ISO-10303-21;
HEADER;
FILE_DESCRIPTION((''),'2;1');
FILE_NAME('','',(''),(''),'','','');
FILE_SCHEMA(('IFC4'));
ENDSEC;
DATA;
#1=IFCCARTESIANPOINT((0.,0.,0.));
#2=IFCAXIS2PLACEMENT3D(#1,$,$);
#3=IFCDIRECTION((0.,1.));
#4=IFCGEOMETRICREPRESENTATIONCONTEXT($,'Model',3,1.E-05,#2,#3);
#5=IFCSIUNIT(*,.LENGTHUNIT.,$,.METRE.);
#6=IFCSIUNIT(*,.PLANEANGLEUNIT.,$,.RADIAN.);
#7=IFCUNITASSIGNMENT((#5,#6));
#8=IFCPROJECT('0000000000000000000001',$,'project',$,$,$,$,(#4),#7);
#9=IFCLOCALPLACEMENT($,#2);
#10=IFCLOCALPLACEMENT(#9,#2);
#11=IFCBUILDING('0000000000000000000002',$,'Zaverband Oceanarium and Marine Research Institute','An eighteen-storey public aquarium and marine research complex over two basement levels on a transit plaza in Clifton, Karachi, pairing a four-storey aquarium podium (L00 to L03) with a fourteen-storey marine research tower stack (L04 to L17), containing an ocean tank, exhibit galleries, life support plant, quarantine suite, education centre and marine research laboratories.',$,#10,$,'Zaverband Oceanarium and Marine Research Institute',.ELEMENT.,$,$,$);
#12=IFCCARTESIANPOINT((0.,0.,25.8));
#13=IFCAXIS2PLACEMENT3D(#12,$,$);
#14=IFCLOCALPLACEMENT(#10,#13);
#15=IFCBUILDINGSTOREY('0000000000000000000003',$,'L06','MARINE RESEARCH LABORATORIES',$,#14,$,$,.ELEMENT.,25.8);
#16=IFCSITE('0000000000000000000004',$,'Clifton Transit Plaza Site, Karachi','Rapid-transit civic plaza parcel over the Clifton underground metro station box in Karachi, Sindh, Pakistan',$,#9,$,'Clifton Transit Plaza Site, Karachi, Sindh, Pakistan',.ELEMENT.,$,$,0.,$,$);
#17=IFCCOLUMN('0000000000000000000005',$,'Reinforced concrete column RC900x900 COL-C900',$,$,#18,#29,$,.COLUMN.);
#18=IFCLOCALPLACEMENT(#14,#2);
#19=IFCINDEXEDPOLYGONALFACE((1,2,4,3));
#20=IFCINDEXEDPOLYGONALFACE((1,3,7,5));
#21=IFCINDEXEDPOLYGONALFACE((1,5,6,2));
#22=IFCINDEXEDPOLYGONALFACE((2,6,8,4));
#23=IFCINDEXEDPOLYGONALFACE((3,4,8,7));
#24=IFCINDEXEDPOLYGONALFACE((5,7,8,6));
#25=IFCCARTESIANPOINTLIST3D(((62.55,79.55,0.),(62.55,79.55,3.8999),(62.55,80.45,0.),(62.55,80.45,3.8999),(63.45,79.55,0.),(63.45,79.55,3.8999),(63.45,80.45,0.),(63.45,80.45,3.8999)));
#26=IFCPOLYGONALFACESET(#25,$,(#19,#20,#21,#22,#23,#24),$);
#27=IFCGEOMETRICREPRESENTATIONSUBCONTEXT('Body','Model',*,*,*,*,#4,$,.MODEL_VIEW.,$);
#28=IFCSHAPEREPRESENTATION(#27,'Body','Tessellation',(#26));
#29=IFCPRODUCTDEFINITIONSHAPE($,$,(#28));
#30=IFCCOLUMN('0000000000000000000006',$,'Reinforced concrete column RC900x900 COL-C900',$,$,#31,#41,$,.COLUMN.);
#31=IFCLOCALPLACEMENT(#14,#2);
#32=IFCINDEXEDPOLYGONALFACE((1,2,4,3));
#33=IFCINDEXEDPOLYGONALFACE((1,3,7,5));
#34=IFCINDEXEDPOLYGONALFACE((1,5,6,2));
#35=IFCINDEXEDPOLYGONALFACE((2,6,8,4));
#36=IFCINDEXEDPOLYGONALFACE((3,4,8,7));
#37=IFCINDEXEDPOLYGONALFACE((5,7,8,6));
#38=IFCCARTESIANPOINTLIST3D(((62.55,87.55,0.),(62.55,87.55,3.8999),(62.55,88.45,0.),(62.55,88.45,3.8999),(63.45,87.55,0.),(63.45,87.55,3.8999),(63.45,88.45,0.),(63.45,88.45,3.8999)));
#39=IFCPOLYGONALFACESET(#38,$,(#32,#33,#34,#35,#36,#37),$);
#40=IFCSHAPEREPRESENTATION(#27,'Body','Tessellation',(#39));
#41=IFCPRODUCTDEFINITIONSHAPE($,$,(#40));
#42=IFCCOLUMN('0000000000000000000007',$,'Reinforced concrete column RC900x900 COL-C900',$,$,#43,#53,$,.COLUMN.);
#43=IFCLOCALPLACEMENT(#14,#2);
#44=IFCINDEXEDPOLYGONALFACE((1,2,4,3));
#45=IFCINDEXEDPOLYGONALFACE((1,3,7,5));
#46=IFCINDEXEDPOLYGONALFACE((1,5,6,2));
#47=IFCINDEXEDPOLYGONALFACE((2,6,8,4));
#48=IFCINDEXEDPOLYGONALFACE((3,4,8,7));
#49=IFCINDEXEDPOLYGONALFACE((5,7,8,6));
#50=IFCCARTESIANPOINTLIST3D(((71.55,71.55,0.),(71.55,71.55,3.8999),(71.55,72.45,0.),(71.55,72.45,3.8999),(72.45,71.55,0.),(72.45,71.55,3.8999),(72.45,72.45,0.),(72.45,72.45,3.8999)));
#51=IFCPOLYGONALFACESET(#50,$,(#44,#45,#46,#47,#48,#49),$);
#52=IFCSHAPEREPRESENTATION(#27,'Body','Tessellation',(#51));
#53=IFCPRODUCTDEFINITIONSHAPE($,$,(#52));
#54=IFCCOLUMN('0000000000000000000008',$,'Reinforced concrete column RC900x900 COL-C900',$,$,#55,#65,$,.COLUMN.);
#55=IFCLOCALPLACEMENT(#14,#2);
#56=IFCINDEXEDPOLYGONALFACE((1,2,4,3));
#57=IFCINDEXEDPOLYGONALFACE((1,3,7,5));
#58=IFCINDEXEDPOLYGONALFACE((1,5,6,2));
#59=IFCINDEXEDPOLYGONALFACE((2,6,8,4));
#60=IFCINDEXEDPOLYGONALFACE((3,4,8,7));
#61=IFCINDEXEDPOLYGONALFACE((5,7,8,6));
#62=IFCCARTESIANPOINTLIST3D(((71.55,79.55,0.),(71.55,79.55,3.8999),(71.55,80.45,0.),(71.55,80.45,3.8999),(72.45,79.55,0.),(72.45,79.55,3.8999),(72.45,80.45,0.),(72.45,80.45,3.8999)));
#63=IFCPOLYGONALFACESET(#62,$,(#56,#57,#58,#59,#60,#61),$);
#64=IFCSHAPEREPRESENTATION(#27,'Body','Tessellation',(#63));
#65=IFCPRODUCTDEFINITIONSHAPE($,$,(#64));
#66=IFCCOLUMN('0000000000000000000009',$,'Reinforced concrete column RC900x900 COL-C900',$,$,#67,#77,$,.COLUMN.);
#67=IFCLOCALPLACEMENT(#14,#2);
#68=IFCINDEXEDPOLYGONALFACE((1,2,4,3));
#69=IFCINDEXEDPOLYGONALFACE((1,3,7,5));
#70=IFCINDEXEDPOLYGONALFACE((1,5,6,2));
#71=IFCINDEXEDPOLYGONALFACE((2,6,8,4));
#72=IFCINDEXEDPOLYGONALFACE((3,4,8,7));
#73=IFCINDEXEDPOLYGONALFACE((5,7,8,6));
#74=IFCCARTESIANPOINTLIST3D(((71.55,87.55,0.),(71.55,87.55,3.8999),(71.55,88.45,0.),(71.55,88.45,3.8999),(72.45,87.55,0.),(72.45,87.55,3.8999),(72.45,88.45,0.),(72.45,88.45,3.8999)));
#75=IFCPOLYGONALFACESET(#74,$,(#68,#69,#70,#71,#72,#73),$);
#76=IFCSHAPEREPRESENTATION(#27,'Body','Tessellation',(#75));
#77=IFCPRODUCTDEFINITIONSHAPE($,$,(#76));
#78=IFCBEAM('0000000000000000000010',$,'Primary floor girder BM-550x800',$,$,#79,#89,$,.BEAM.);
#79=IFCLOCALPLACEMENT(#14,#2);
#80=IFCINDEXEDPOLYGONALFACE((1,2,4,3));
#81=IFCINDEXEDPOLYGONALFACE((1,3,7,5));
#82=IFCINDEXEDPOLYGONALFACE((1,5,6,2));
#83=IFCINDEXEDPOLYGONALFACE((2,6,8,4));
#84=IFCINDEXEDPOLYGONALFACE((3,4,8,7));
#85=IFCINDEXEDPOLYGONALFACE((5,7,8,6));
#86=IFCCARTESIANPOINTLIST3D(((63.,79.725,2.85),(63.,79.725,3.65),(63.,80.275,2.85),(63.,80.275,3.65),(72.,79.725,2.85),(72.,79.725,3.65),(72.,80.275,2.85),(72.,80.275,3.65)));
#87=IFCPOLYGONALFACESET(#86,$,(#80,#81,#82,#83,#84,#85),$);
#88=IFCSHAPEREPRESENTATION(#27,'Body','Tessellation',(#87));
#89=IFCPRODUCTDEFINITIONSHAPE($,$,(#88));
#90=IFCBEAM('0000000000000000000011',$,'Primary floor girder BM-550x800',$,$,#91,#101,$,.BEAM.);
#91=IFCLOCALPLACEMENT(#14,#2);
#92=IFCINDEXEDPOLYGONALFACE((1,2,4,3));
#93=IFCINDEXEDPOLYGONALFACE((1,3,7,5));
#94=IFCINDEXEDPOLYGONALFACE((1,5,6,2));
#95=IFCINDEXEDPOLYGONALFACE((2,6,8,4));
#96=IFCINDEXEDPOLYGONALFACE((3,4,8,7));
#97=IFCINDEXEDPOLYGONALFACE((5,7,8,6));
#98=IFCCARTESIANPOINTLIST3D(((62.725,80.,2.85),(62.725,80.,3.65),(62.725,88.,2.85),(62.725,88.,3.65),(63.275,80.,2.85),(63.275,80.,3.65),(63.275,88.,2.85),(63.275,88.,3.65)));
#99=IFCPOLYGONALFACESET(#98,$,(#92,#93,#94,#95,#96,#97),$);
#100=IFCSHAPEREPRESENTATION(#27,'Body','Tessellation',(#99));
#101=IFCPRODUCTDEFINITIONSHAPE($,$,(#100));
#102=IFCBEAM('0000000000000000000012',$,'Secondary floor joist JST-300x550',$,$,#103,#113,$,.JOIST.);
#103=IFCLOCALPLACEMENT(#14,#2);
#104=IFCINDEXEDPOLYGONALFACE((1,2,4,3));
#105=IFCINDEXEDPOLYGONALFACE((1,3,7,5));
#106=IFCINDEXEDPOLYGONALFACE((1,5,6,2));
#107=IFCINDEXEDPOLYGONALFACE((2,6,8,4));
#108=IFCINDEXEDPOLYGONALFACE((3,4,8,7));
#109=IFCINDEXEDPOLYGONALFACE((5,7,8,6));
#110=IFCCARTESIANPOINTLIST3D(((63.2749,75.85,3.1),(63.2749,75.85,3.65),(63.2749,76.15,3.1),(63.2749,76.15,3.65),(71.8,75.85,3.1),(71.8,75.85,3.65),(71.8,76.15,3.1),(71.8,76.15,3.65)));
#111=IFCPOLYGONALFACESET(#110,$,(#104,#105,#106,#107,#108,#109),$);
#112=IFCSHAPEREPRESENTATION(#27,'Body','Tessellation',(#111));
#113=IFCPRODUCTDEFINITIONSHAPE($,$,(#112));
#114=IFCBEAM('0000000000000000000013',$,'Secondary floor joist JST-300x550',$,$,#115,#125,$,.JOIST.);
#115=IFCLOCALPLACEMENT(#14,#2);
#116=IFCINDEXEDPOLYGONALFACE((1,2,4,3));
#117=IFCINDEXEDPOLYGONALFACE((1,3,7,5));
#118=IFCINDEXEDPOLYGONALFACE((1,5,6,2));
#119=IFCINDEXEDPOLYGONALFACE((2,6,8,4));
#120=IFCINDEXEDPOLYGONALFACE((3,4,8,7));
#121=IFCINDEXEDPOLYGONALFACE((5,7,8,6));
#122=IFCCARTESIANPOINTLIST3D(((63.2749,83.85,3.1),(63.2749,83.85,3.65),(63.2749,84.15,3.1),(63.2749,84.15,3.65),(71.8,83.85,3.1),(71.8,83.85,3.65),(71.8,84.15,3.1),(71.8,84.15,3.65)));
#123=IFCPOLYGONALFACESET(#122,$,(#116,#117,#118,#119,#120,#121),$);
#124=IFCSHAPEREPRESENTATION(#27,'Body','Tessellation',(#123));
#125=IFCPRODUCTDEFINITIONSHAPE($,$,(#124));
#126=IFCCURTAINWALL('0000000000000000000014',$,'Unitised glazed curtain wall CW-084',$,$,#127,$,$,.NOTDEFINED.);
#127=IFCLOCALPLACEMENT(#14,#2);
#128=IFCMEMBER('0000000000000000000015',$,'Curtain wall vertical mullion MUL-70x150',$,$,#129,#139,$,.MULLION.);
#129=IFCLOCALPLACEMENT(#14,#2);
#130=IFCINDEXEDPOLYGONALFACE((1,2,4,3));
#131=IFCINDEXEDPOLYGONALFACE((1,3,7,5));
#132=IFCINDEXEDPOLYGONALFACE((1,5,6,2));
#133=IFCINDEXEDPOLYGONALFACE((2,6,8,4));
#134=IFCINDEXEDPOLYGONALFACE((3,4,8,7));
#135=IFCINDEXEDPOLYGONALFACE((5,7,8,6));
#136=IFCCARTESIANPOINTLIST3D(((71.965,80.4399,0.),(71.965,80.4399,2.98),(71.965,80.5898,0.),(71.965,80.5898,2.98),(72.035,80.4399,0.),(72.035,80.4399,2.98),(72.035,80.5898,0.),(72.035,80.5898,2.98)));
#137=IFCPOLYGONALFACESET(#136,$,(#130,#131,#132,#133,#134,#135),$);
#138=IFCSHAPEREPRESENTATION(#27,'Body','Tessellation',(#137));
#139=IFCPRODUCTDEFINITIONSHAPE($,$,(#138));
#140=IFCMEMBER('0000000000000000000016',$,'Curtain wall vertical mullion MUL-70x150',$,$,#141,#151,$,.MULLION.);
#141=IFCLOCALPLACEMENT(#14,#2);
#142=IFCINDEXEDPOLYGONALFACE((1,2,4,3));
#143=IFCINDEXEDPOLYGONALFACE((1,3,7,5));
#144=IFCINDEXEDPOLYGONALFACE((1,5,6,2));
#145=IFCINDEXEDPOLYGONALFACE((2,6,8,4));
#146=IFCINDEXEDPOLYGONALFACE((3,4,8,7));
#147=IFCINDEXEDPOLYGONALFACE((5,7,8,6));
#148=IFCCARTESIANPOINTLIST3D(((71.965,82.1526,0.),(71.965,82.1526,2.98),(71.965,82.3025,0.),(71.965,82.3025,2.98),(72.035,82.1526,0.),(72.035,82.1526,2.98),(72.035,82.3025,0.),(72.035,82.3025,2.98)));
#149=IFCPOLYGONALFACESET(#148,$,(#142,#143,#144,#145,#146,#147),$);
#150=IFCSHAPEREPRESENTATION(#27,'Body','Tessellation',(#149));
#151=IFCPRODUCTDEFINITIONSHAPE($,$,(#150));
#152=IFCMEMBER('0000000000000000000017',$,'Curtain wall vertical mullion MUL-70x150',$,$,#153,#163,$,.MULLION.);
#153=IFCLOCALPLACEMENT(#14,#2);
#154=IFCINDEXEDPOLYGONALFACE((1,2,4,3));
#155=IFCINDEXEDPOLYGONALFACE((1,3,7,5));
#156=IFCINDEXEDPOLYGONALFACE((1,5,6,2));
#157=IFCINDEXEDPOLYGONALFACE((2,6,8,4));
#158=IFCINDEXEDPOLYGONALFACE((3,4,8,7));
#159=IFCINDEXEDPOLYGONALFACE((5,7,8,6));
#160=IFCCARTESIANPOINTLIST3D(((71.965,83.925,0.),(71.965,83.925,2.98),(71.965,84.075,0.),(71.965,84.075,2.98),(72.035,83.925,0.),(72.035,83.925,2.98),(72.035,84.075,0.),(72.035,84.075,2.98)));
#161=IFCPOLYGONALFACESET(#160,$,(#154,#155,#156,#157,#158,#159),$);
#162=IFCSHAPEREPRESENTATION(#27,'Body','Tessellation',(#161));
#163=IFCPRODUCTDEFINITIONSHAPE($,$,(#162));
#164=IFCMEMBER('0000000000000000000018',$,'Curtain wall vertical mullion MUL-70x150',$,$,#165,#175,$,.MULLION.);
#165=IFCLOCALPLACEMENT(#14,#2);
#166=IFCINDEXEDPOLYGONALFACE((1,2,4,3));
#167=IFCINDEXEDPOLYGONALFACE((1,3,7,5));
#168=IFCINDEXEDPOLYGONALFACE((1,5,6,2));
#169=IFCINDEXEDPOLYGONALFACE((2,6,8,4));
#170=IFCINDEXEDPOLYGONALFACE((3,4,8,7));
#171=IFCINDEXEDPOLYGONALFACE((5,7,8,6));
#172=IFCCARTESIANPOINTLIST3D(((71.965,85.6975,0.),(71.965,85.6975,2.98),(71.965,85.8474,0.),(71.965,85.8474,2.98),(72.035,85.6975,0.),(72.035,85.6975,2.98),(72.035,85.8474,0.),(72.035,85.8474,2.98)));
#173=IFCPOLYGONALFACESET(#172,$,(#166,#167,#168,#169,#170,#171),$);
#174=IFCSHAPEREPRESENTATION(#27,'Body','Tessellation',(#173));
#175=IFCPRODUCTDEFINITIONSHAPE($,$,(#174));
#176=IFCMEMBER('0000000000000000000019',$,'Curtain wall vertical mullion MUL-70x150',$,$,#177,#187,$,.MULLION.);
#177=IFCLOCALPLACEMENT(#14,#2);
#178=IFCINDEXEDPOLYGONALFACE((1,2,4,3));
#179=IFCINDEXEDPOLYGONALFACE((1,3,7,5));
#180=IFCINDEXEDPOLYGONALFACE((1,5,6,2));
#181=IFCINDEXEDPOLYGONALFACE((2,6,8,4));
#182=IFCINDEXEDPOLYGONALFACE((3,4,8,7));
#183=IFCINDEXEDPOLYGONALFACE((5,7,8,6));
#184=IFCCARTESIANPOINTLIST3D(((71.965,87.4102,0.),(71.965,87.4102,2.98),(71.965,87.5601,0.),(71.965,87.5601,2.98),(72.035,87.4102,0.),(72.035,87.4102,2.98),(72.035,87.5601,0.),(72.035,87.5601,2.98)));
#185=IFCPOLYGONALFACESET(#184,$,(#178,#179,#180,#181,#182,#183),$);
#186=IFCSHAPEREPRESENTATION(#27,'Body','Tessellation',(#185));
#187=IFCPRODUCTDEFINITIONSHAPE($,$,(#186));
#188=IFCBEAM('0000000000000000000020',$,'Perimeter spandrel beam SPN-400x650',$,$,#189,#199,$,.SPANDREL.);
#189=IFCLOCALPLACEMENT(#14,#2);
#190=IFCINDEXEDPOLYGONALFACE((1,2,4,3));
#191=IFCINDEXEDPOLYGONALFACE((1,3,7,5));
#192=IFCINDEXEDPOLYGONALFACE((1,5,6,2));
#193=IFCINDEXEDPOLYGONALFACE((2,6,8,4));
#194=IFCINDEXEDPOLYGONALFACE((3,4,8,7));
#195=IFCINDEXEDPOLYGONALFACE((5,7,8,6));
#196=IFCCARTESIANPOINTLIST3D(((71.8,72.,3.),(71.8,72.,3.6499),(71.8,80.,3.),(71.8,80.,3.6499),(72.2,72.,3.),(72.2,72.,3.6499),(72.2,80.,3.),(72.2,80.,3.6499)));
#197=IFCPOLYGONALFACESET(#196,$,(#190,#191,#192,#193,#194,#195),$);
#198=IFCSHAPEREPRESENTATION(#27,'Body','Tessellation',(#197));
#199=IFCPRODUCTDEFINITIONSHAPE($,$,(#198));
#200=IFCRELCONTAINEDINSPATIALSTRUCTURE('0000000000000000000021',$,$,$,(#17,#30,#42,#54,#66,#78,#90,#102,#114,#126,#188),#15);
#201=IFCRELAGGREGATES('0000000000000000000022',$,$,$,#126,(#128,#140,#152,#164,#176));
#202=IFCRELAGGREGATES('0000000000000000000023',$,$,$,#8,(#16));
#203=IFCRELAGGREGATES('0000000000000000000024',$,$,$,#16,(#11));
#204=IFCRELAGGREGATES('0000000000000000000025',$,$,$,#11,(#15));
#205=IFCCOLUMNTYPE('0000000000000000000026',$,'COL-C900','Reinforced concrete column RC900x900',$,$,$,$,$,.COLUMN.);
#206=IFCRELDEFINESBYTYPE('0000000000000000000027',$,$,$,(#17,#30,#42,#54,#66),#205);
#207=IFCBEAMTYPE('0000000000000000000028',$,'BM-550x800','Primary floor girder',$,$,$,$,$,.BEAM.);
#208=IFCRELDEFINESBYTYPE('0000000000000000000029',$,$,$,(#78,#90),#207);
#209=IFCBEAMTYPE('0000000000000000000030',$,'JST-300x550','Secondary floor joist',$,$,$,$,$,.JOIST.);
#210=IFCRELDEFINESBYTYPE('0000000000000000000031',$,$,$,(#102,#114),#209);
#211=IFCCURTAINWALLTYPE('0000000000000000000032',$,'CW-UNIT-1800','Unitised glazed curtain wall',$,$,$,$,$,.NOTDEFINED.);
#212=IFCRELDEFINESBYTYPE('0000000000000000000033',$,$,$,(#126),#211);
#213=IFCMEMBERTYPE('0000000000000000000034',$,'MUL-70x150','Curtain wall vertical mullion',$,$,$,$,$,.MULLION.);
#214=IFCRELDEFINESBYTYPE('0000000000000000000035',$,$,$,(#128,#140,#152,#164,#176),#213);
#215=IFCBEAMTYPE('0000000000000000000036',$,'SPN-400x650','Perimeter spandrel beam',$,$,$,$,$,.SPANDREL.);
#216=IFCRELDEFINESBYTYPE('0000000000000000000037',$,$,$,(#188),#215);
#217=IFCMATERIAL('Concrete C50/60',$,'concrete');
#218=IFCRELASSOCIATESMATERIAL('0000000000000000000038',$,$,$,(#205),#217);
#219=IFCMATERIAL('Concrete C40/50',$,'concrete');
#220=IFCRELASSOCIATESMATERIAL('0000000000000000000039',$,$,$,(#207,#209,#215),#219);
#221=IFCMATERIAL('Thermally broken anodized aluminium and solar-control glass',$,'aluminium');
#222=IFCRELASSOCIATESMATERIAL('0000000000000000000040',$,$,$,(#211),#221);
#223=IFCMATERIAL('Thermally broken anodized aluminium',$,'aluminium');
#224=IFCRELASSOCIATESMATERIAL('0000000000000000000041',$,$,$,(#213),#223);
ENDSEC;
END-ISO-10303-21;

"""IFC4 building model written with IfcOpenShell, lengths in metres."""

from ifc_helpers import new_model, si_unit, direction, frame, origin, origin_2d, place, context, subcontext, project, spatial, rectangle, extrude, material, material_profile, profile_set, type_object, element, aggregate, save


model = new_model("IFC4")

# Units and contexts
model_context = context("Model", 3, precision=1e-05, world=origin(), true_north=direction((0.0, 1.0)))
body_context = subcontext(model_context, "Body", "Model", "MODEL_VIEW")
ifc_project = project(units=[si_unit("LENGTHUNIT", "METRE"), si_unit("PLANEANGLEUNIT", "RADIAN")], contexts=[model_context])

# Site, building, storey
site_placement = place(None, origin())
site = spatial("IfcSite", under=ifc_project, at=site_placement, Name="Clifton Transit Plaza Site, Karachi", Description="Rapid-transit civic plaza parcel over the Clifton underground metro station box in Karachi, Sindh, Pakistan", LongName="Clifton Transit Plaza Site, Karachi, Sindh, Pakistan", CompositionType="ELEMENT", RefElevation=0.0)
building_placement = place(site_placement, origin())
building = spatial("IfcBuilding", under=site, at=building_placement, Name="Zaverband Oceanarium and Marine Research Institute", Description="An eighteen-storey public aquarium and marine research complex over two basement levels on a transit plaza in Clifton, Karachi, pairing a four-storey aquarium podium (L00 to L03) with a fourteen-storey marine research tower stack (L04 to L17), containing an ocean tank, exhibit galleries, life support plant, quarantine suite, education centre and marine research laboratories.", LongName="Zaverband Oceanarium and Marine Research Institute", CompositionType="ELEMENT")
storey_placement = place(building_placement, frame((0.0, 0.0, 25.8)))
storey = spatial("IfcBuildingStorey", under=building, at=storey_placement, Name="L06", Description="MARINE RESEARCH LABORATORIES", CompositionType="ELEMENT", Elevation=25.8)

# Columns
ifc_material_1 = material(Name="Concrete C50/60", Category="concrete")
ifc_material_profile_1 = material_profile(ifc_material_1, rectangle(XDim=0.8999, YDim=0.8999, at=origin_2d()), Name="RC900x900")
ifc_profile_set_1 = profile_set([ifc_material_profile_1], Name="Concrete C50/60")
column_type = type_object("IfcColumnType", Name="COL-C900", Description="Reinforced concrete column RC900x900", PredefinedType="COLUMN", material=ifc_profile_set_1)
for number, where, z_axis, x_axis, name in (
    (1, (63.0, 80.0, 0.0), (0.0, 0.0, 1.0), (1.0, 0.0, 0.0), "Reinforced concrete column RC900x900 COL-C900"),
    (2, (63.0, 88.0, 0.0), (0.0, 0.0, 1.0), (1.0, 0.0, 0.0), "Reinforced concrete column RC900x900 COL-C900"),
    (3, (72.0, 72.0, 0.0), (0.0, 0.0, 1.0), (1.0, 0.0, 0.0), "Reinforced concrete column RC900x900 COL-C900"),
    (4, (72.0, 80.0, 0.0), (0.0, 0.0, 1.0), (1.0, 0.0, 0.0), "Reinforced concrete column RC900x900 COL-C900"),
    (5, (72.0, 88.0, 0.0), (0.0, 0.0, 1.0), (1.0, 0.0, 0.0), "Reinforced concrete column RC900x900 COL-C900"),
):
    element("IfcColumn", number, at=place(storey_placement, frame(where, z_axis=z_axis, x_axis=x_axis)), inside=storey, type_object=column_type, Name=name, PredefinedType="COLUMN", context=body_context, shape_type="SweptSolid", body=[
        extrude(rectangle(XDim=0.8999, YDim=0.8999, at=origin_2d()), origin(), (0.0, 0.0, 1.0), 3.8999),
    ])

# Beams
ifc_material_2 = material(Name="Concrete C40/50", Category="concrete")
ifc_material_profile_2 = material_profile(ifc_material_2, rectangle(XDim=0.55, YDim=0.8, at=origin_2d()), Name="RC550x800")
ifc_profile_set_2 = profile_set([ifc_material_profile_2], Name="Concrete C40/50")
beam_type_1 = type_object("IfcBeamType", Name="BM-550x800", Description="Primary floor girder", PredefinedType="BEAM", material=ifc_profile_set_2)
beam_1_placement = place(storey_placement, frame((63.0, 80.0, 3.25), z_axis=(1.0, 0.0, 0.0), x_axis=(0.0, 1.0, 0.0)))
element("IfcBeam", 6, at=beam_1_placement, inside=storey, type_object=beam_type_1, Name="Primary floor girder BM-550x800", PredefinedType="BEAM", context=body_context, shape_type="SweptSolid", body=[
    extrude(rectangle(XDim=0.55, YDim=0.8, at=origin_2d()), origin(), (0.0, 0.0, 1.0), 9.0),
])
beam_2_placement = place(storey_placement, frame((63.0, 80.0, 3.25), z_axis=(0.0, 1.0, 0.0), x_axis=(-1.0, 0.0, 0.0)))
element("IfcBeam", 7, at=beam_2_placement, inside=storey, type_object=beam_type_1, Name="Primary floor girder BM-550x800", PredefinedType="BEAM", context=body_context, shape_type="SweptSolid", body=[
    extrude(rectangle(XDim=0.55, YDim=0.8, at=origin_2d()), origin(), (0.0, 0.0, 1.0), 8.0),
])
ifc_material_profile_3 = material_profile(ifc_material_2, rectangle(XDim=0.3, YDim=0.55, at=origin_2d()), Name="RC300x550")
ifc_profile_set_3 = profile_set([ifc_material_profile_3], Name="Concrete C40/50")
beam_type_2 = type_object("IfcBeamType", Name="JST-300x550", Description="Secondary floor joist", PredefinedType="JOIST", material=ifc_profile_set_3)
for number, where, z_axis, x_axis, name in (
    (8, (63.2749, 76.0, 3.375), (1.0, 0.0, 0.0), (0.0, 1.0, 0.0), "Secondary floor joist JST-300x550"),
    (9, (63.2749, 84.0, 3.375), (1.0, 0.0, 0.0), (0.0, 1.0, 0.0), "Secondary floor joist JST-300x550"),
):
    element("IfcBeam", number, at=place(storey_placement, frame(where, z_axis=z_axis, x_axis=x_axis)), inside=storey, type_object=beam_type_2, Name=name, PredefinedType="JOIST", context=body_context, shape_type="SweptSolid", body=[
        extrude(rectangle(XDim=0.3, YDim=0.55, at=origin_2d()), origin(), (0.0, 0.0, 1.0), 8.5251),
    ])

# Curtain wall, members
ifc_material_3 = material(Name="Thermally broken anodized aluminium and solar-control glass", Category="aluminium")
curtain_wall_type = type_object("IfcCurtainWallType", Name="CW-UNIT-1800", Description="Unitised glazed curtain wall", PredefinedType="NOTDEFINED", material=ifc_material_3)
curtain_wall_placement = place(storey_placement, origin())
curtain_wall = element("IfcCurtainWall", 10, at=curtain_wall_placement, inside=storey, type_object=curtain_wall_type, Name="Unitised glazed curtain wall CW-084", PredefinedType="NOTDEFINED")
ifc_material_4 = material(Name="Thermally broken anodized aluminium", Category="aluminium")
ifc_material_profile_4 = material_profile(ifc_material_4, rectangle(XDim=0.0701, YDim=0.1499, at=origin_2d()), Name="AL-MUL-70x150")
ifc_profile_set_4 = profile_set([ifc_material_profile_4], Name="Thermally broken anodized aluminium")
member_type_1 = type_object("IfcMemberType", Name="MUL-70x150", Description="Curtain wall vertical mullion", PredefinedType="MULLION", material=ifc_profile_set_4)
member_1_placement = place(storey_placement, frame((72.0, 80.5149, 0.0), z_axis=(0.0, 0.0, 1.0), x_axis=(1.0, 0.0, 0.0)))
member_1 = element("IfcMember", 11, at=member_1_placement, type_object=member_type_1, Name="Curtain wall vertical mullion MUL-70x150", PredefinedType="MULLION", context=body_context, shape_type="SweptSolid", body=[
    extrude(rectangle(XDim=0.0701, YDim=0.1499, at=origin_2d()), origin(), (0.0, 0.0, 1.0), 2.98),
])
member_2_placement = place(storey_placement, frame((72.0, 82.2275, 0.0), z_axis=(0.0, 0.0, 1.0), x_axis=(1.0, 0.0, 0.0)))
member_2 = element("IfcMember", 12, at=member_2_placement, type_object=member_type_1, Name="Curtain wall vertical mullion MUL-70x150", PredefinedType="MULLION", context=body_context, shape_type="SweptSolid", body=[
    extrude(rectangle(XDim=0.0701, YDim=0.1499, at=origin_2d()), origin(), (0.0, 0.0, 1.0), 2.98),
])
member_3_placement = place(storey_placement, frame((72.0, 84.0, 0.0), z_axis=(0.0, 0.0, 1.0), x_axis=(1.0, 0.0, 0.0)))
member_3 = element("IfcMember", 13, at=member_3_placement, type_object=member_type_1, Name="Curtain wall vertical mullion MUL-70x150", PredefinedType="MULLION", context=body_context, shape_type="SweptSolid", body=[
    extrude(rectangle(XDim=0.0701, YDim=0.1499, at=origin_2d()), origin(), (0.0, 0.0, 1.0), 2.98),
])
member_4_placement = place(storey_placement, frame((72.0, 85.7725, 0.0), z_axis=(0.0, 0.0, 1.0), x_axis=(1.0, 0.0, 0.0)))
member_4 = element("IfcMember", 14, at=member_4_placement, type_object=member_type_1, Name="Curtain wall vertical mullion MUL-70x150", PredefinedType="MULLION", context=body_context, shape_type="SweptSolid", body=[
    extrude(rectangle(XDim=0.0701, YDim=0.1499, at=origin_2d()), origin(), (0.0, 0.0, 1.0), 2.98),
])
member_5_placement = place(storey_placement, frame((72.0, 87.4851, 0.0), z_axis=(0.0, 0.0, 1.0), x_axis=(1.0, 0.0, 0.0)))
member_5 = element("IfcMember", 15, at=member_5_placement, type_object=member_type_1, Name="Curtain wall vertical mullion MUL-70x150", PredefinedType="MULLION", context=body_context, shape_type="SweptSolid", body=[
    extrude(rectangle(XDim=0.0701, YDim=0.1499, at=origin_2d()), origin(), (0.0, 0.0, 1.0), 2.98),
])

# Beam
ifc_material_profile_5 = material_profile(ifc_material_2, rectangle(XDim=0.3999, YDim=0.6499, at=origin_2d()), Name="RC400x650")
ifc_profile_set_5 = profile_set([ifc_material_profile_5], Name="Concrete C40/50")
beam_type_3 = type_object("IfcBeamType", Name="SPN-400x650", Description="Perimeter spandrel beam", PredefinedType="SPANDREL", material=ifc_profile_set_5)
for number, where, z_axis, x_axis, name in (
    (16, (72.0, 72.0, 3.325), (0.0, 1.0, 0.0), (-1.0, 0.0, 0.0), "Perimeter spandrel beam SPN-400x650"),
):
    element("IfcBeam", number, at=place(storey_placement, frame(where, z_axis=z_axis, x_axis=x_axis)), inside=storey, type_object=beam_type_3, Name=name, PredefinedType="SPANDREL", context=body_context, shape_type="SweptSolid", body=[
        extrude(rectangle(XDim=0.3999, YDim=0.6499, at=origin_2d()), origin(), (0.0, 0.0, 1.0), 8.0),
    ])

aggregate(curtain_wall, [member_1, member_2, member_3, member_4, member_5])

save(model, "model.ifc")
